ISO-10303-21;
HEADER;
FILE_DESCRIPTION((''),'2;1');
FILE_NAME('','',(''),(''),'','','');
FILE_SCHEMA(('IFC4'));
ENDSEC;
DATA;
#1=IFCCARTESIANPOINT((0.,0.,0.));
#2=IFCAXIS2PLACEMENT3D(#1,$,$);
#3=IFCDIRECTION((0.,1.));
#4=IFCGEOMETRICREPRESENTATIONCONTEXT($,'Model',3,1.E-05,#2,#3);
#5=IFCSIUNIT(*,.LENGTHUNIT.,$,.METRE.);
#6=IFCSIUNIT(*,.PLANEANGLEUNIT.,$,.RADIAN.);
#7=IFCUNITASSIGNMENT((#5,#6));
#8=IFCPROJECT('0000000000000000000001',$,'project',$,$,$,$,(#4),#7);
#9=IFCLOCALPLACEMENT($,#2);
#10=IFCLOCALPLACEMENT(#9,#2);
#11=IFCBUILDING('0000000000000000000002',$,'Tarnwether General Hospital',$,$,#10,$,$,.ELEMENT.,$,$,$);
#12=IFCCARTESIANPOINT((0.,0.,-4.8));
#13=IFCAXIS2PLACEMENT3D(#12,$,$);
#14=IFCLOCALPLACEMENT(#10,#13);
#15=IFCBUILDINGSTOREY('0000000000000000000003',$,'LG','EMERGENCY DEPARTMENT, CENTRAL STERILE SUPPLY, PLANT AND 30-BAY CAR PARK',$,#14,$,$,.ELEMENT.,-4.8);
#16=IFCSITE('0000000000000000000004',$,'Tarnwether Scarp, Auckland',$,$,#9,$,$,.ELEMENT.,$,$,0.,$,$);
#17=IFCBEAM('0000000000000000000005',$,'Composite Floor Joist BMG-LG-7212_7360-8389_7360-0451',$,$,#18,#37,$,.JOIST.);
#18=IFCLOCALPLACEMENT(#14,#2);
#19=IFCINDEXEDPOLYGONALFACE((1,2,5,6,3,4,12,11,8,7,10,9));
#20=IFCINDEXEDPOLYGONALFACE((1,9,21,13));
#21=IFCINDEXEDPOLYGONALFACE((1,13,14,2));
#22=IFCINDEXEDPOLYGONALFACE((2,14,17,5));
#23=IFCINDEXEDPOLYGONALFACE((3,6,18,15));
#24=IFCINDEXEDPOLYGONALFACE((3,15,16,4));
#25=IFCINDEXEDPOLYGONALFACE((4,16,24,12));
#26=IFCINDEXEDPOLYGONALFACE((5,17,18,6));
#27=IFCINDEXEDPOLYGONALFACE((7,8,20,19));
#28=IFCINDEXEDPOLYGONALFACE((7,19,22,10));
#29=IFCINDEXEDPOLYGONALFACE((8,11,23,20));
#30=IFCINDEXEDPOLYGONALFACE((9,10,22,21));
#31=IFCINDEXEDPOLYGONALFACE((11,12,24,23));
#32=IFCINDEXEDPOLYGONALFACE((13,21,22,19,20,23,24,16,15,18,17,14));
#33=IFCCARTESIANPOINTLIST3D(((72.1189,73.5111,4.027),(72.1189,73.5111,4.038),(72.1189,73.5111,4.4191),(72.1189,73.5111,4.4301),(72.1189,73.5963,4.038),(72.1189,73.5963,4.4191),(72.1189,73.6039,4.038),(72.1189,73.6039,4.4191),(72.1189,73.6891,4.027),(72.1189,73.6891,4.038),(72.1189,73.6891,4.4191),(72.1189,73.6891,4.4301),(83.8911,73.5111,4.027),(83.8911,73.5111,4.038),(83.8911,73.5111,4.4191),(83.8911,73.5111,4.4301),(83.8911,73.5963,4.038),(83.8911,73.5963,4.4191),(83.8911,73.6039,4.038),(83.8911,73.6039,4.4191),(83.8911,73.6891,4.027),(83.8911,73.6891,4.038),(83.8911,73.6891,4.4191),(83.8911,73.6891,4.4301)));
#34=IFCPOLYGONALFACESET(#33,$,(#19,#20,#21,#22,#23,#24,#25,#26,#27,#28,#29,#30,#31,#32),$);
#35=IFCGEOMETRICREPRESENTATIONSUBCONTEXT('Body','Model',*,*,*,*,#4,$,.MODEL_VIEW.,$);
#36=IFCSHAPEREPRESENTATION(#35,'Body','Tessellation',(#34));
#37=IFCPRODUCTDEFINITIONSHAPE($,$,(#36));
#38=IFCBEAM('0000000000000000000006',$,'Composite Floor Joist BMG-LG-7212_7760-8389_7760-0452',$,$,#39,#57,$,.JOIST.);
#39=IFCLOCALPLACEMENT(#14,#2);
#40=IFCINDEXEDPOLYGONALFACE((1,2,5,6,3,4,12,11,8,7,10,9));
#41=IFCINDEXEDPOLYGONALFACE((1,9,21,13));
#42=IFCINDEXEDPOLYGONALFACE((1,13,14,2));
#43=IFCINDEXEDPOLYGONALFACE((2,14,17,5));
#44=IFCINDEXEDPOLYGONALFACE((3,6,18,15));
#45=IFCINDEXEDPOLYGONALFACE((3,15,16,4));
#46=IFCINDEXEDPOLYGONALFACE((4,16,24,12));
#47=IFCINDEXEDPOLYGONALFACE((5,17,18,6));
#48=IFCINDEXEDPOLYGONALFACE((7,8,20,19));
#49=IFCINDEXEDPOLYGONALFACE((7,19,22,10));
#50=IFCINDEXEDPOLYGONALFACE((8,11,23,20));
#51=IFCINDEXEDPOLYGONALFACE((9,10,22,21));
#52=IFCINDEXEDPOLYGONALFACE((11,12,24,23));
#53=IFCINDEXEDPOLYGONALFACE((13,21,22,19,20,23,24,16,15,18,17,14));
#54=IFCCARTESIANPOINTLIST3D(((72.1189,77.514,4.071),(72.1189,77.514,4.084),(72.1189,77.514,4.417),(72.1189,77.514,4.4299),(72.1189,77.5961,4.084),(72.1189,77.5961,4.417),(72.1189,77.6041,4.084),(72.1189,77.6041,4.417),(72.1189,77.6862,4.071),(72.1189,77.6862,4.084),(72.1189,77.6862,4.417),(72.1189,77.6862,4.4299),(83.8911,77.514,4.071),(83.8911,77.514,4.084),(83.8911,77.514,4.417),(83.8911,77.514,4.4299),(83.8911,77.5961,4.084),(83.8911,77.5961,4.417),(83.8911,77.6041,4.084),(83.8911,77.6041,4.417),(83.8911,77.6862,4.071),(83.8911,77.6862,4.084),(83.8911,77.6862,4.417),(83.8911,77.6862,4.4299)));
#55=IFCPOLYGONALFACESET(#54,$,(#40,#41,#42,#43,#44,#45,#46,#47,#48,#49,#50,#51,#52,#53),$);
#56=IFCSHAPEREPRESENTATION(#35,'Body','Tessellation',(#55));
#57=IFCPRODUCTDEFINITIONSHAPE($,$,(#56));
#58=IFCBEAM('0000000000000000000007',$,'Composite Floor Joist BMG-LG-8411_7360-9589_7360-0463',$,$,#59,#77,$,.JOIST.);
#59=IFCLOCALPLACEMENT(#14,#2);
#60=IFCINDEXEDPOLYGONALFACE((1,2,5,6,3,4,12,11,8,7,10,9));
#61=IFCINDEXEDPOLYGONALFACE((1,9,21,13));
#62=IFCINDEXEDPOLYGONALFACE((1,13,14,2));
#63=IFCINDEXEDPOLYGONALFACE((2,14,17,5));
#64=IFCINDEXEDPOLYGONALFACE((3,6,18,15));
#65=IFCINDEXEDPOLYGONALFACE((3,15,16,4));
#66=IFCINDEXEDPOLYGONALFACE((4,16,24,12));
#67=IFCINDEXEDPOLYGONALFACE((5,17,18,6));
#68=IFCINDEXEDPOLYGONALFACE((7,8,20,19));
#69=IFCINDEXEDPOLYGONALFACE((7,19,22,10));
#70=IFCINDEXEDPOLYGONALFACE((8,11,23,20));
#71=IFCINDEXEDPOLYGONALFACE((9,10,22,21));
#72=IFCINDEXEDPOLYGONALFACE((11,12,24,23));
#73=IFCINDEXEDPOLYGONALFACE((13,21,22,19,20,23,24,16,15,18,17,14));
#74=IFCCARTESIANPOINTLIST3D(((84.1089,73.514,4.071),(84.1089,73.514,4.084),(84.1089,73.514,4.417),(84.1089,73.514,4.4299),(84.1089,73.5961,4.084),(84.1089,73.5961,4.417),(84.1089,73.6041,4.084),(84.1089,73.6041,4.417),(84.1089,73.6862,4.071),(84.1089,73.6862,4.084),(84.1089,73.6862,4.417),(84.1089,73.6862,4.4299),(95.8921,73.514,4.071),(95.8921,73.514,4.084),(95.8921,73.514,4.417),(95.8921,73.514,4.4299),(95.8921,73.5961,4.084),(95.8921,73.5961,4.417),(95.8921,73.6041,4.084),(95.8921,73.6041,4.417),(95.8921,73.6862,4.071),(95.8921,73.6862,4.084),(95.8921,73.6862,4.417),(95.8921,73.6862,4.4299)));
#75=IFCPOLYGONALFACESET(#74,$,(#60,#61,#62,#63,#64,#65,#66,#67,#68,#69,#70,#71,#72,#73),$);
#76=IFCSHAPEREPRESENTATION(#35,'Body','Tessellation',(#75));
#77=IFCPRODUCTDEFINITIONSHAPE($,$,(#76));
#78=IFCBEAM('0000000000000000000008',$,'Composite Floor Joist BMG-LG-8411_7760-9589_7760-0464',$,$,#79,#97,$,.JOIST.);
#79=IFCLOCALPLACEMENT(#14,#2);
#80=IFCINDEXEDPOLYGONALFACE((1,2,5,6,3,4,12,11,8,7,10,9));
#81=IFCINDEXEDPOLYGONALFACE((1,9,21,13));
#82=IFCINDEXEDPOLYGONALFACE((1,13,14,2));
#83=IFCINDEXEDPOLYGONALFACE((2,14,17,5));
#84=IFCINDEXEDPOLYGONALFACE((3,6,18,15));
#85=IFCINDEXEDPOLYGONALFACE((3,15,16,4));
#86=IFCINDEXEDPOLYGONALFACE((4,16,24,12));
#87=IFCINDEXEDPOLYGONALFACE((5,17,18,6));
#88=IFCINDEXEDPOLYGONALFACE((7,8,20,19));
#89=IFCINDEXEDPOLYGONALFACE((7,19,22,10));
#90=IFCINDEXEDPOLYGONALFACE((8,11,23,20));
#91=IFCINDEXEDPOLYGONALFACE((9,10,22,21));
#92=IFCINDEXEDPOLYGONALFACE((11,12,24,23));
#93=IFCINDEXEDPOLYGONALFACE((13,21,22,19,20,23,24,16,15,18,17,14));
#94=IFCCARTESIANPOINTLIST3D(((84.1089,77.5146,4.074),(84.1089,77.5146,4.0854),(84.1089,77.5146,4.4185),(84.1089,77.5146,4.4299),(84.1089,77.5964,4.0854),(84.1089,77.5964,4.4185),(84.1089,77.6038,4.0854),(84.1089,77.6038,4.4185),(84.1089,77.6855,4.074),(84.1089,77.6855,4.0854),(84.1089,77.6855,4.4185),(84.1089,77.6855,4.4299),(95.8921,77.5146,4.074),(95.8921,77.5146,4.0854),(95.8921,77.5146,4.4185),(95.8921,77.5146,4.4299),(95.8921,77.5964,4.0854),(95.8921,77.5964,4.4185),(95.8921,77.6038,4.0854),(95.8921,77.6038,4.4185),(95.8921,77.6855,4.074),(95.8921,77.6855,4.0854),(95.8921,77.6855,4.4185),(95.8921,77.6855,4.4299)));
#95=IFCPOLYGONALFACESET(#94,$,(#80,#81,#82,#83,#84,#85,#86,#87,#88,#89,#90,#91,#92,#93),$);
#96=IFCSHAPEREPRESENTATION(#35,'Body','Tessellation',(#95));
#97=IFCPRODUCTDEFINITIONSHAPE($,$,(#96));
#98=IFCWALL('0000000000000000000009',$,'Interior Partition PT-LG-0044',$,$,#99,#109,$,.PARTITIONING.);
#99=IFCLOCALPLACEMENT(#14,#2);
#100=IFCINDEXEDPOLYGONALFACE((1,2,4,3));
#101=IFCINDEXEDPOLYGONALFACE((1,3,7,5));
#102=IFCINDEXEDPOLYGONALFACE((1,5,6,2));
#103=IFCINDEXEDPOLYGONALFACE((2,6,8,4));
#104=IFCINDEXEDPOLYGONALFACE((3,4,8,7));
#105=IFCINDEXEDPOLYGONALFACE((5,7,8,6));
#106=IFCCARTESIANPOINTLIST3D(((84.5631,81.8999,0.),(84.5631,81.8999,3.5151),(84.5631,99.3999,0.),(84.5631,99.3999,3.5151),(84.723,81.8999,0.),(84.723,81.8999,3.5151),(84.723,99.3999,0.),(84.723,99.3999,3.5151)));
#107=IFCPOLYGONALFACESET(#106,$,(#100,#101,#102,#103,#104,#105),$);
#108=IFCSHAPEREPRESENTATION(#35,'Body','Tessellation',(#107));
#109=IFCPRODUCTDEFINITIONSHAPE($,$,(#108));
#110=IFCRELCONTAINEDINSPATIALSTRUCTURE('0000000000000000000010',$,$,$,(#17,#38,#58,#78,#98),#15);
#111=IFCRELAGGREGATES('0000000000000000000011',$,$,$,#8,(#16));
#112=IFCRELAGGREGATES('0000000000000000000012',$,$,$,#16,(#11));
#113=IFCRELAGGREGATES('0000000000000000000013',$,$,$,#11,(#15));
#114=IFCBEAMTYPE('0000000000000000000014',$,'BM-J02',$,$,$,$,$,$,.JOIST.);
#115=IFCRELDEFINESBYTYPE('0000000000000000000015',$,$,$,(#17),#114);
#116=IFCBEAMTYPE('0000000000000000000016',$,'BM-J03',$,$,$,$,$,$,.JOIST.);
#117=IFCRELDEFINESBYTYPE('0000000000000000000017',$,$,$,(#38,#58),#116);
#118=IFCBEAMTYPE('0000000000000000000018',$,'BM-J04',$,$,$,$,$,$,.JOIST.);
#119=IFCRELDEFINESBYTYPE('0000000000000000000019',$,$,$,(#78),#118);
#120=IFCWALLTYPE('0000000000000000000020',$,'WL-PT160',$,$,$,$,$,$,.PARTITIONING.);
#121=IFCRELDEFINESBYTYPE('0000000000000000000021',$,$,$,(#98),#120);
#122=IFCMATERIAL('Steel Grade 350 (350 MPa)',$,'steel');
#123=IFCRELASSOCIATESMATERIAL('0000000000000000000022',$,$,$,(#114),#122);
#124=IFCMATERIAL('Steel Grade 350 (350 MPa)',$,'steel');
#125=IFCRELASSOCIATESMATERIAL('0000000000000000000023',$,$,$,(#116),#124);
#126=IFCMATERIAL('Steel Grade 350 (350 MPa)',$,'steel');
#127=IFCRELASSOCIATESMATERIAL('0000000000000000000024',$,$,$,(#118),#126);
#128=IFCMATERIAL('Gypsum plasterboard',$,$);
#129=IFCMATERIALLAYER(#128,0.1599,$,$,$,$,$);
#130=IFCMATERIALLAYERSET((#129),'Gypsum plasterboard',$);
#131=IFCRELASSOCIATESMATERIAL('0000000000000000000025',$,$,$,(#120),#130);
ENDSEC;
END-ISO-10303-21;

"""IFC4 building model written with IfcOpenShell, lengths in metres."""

from ifc_helpers import new_model, si_unit, direction, frame, frame_2d, origin, origin_2d, place, context, subcontext, project, spatial, rectangle, i_section, extrude, material, layer, layer_set, material_profile, profile_set, type_object, element, save


model = new_model("IFC4")

# Units and contexts
model_context = context("Model", 3, precision=1e-05, world=origin(), true_north=direction((0.0, 1.0)))
body_context = subcontext(model_context, "Body", "Model", "MODEL_VIEW")
ifc_project = project(units=[si_unit("LENGTHUNIT", "METRE"), si_unit("PLANEANGLEUNIT", "RADIAN")], contexts=[model_context])

# Site, building, storey
site_placement = place(None, origin())
site = spatial("IfcSite", under=ifc_project, at=site_placement, Name="Tarnwether Scarp, Auckland", CompositionType="ELEMENT", RefElevation=0.0)
building_placement = place(site_placement, origin())
building = spatial("IfcBuilding", under=site, at=building_placement, Name="Tarnwether General Hospital", CompositionType="ELEMENT")
storey_placement = place(building_placement, frame((0.0, 0.0, -4.8)))
storey = spatial("IfcBuildingStorey", under=building, at=storey_placement, Name="LG", Description="EMERGENCY DEPARTMENT, CENTRAL STERILE SUPPLY, PLANT AND 30-BAY CAR PARK", CompositionType="ELEMENT", Elevation=-4.8)

# Beams
ifc_material_1 = material(Name="Steel Grade 350 (350 MPa)", Category="steel")
ifc_material_profile_1 = material_profile(ifc_material_1, i_section(OverallWidth=0.178, OverallDepth=0.4031, WebThickness=0.0076, FlangeThickness=0.011, at=origin_2d()), Name="410UB53.7")
ifc_profile_set_1 = profile_set([ifc_material_profile_1], Name="Steel Grade 350 (350 MPa)")
beam_type_1 = type_object("IfcBeamType", Name="BM-J02", PredefinedType="JOIST", material=ifc_profile_set_1)
beam_1_placement = place(storey_placement, frame((72.1189, 73.6001, 4.2285), z_axis=(1.0, 0.0, 0.0), x_axis=(0.0, 1.0, 0.0)))
element("IfcBeam", 1, at=beam_1_placement, inside=storey, type_object=beam_type_1, Name="Composite Floor Joist BMG-LG-7212_7360-8389_7360-0451", PredefinedType="JOIST", context=body_context, shape_type="SweptSolid", body=[
    extrude(i_section(OverallWidth=0.178, OverallDepth=0.4031, WebThickness=0.0076, FlangeThickness=0.011, at=origin_2d()), origin(), (0.0, 0.0, 1.0), 11.7722),
])
ifc_material_2 = material(Name="Steel Grade 350 (350 MPa)", Category="steel")
ifc_material_profile_2 = material_profile(ifc_material_2, i_section(OverallWidth=0.1721, OverallDepth=0.3589, WebThickness=0.0081, FlangeThickness=0.0129, at=origin_2d()), Name="360UB56.7")
ifc_profile_set_2 = profile_set([ifc_material_profile_2], Name="Steel Grade 350 (350 MPa)")
beam_type_2 = type_object("IfcBeamType", Name="BM-J03", PredefinedType="JOIST", material=ifc_profile_set_2)
beam_2_placement = place(storey_placement, frame((72.1189, 77.6001, 4.2505), z_axis=(1.0, 0.0, 0.0), x_axis=(0.0, 1.0, 0.0)))
element("IfcBeam", 2, at=beam_2_placement, inside=storey, type_object=beam_type_2, Name="Composite Floor Joist BMG-LG-7212_7760-8389_7760-0452", PredefinedType="JOIST", context=body_context, shape_type="SweptSolid", body=[
    extrude(i_section(OverallWidth=0.1721, OverallDepth=0.3589, WebThickness=0.0081, FlangeThickness=0.0129, at=origin_2d()), origin(), (0.0, 0.0, 1.0), 11.7722),
])
beam_3_placement = place(storey_placement, frame((84.1089, 73.6001, 4.2505), z_axis=(1.0, 0.0, 0.0), x_axis=(0.0, 1.0, 0.0)))
element("IfcBeam", 3, at=beam_3_placement, inside=storey, type_object=beam_type_2, Name="Composite Floor Joist BMG-LG-8411_7360-9589_7360-0463", PredefinedType="JOIST", context=body_context, shape_type="SweptSolid", body=[
    extrude(i_section(OverallWidth=0.1721, OverallDepth=0.3589, WebThickness=0.0081, FlangeThickness=0.0129, at=origin_2d()), origin(), (0.0, 0.0, 1.0), 11.7832),
])
ifc_material_3 = material(Name="Steel Grade 350 (350 MPa)", Category="steel")
ifc_material_profile_3 = material_profile(ifc_material_3, i_section(OverallWidth=0.1709, OverallDepth=0.356, WebThickness=0.0073, FlangeThickness=0.0115, at=origin_2d()), Name="360UB50.7")
ifc_profile_set_3 = profile_set([ifc_material_profile_3], Name="Steel Grade 350 (350 MPa)")
beam_type_3 = type_object("IfcBeamType", Name="BM-J04", PredefinedType="JOIST", material=ifc_profile_set_3)
beam_4_placement = place(storey_placement, frame((84.1089, 77.6001, 4.252), z_axis=(1.0, 0.0, 0.0), x_axis=(0.0, 1.0, 0.0)))
element("IfcBeam", 4, at=beam_4_placement, inside=storey, type_object=beam_type_3, Name="Composite Floor Joist BMG-LG-8411_7760-9589_7760-0464", PredefinedType="JOIST", context=body_context, shape_type="SweptSolid", body=[
    extrude(i_section(OverallWidth=0.1709, OverallDepth=0.356, WebThickness=0.0073, FlangeThickness=0.0115, at=origin_2d()), origin(), (0.0, 0.0, 1.0), 11.7832),
])

# Wall
ifc_material_4 = material(Name="Gypsum plasterboard")
ifc_layer = layer(ifc_material_4, 0.1599)
ifc_layer_set = layer_set([ifc_layer], Name="Gypsum plasterboard")
wall_type = type_object("IfcWallType", Name="WL-PT160", PredefinedType="PARTITIONING", material=ifc_layer_set)
wall_placement = place(storey_placement, frame((84.6431, 81.8999, 0.0), z_axis=(0.0, 0.0, 1.0), x_axis=(0.0, 1.0, 0.0)))
element("IfcWall", 5, at=wall_placement, inside=storey, type_object=wall_type, Name="Interior Partition PT-LG-0044", PredefinedType="PARTITIONING", context=body_context, shape_type="SweptSolid", body=[
    extrude(rectangle(XDim=17.5, YDim=0.1599, at=frame_2d((8.75, 0.0))), origin(), (0.0, 0.0, 1.0), 3.5151),
])

save(model, "model.ifc")
